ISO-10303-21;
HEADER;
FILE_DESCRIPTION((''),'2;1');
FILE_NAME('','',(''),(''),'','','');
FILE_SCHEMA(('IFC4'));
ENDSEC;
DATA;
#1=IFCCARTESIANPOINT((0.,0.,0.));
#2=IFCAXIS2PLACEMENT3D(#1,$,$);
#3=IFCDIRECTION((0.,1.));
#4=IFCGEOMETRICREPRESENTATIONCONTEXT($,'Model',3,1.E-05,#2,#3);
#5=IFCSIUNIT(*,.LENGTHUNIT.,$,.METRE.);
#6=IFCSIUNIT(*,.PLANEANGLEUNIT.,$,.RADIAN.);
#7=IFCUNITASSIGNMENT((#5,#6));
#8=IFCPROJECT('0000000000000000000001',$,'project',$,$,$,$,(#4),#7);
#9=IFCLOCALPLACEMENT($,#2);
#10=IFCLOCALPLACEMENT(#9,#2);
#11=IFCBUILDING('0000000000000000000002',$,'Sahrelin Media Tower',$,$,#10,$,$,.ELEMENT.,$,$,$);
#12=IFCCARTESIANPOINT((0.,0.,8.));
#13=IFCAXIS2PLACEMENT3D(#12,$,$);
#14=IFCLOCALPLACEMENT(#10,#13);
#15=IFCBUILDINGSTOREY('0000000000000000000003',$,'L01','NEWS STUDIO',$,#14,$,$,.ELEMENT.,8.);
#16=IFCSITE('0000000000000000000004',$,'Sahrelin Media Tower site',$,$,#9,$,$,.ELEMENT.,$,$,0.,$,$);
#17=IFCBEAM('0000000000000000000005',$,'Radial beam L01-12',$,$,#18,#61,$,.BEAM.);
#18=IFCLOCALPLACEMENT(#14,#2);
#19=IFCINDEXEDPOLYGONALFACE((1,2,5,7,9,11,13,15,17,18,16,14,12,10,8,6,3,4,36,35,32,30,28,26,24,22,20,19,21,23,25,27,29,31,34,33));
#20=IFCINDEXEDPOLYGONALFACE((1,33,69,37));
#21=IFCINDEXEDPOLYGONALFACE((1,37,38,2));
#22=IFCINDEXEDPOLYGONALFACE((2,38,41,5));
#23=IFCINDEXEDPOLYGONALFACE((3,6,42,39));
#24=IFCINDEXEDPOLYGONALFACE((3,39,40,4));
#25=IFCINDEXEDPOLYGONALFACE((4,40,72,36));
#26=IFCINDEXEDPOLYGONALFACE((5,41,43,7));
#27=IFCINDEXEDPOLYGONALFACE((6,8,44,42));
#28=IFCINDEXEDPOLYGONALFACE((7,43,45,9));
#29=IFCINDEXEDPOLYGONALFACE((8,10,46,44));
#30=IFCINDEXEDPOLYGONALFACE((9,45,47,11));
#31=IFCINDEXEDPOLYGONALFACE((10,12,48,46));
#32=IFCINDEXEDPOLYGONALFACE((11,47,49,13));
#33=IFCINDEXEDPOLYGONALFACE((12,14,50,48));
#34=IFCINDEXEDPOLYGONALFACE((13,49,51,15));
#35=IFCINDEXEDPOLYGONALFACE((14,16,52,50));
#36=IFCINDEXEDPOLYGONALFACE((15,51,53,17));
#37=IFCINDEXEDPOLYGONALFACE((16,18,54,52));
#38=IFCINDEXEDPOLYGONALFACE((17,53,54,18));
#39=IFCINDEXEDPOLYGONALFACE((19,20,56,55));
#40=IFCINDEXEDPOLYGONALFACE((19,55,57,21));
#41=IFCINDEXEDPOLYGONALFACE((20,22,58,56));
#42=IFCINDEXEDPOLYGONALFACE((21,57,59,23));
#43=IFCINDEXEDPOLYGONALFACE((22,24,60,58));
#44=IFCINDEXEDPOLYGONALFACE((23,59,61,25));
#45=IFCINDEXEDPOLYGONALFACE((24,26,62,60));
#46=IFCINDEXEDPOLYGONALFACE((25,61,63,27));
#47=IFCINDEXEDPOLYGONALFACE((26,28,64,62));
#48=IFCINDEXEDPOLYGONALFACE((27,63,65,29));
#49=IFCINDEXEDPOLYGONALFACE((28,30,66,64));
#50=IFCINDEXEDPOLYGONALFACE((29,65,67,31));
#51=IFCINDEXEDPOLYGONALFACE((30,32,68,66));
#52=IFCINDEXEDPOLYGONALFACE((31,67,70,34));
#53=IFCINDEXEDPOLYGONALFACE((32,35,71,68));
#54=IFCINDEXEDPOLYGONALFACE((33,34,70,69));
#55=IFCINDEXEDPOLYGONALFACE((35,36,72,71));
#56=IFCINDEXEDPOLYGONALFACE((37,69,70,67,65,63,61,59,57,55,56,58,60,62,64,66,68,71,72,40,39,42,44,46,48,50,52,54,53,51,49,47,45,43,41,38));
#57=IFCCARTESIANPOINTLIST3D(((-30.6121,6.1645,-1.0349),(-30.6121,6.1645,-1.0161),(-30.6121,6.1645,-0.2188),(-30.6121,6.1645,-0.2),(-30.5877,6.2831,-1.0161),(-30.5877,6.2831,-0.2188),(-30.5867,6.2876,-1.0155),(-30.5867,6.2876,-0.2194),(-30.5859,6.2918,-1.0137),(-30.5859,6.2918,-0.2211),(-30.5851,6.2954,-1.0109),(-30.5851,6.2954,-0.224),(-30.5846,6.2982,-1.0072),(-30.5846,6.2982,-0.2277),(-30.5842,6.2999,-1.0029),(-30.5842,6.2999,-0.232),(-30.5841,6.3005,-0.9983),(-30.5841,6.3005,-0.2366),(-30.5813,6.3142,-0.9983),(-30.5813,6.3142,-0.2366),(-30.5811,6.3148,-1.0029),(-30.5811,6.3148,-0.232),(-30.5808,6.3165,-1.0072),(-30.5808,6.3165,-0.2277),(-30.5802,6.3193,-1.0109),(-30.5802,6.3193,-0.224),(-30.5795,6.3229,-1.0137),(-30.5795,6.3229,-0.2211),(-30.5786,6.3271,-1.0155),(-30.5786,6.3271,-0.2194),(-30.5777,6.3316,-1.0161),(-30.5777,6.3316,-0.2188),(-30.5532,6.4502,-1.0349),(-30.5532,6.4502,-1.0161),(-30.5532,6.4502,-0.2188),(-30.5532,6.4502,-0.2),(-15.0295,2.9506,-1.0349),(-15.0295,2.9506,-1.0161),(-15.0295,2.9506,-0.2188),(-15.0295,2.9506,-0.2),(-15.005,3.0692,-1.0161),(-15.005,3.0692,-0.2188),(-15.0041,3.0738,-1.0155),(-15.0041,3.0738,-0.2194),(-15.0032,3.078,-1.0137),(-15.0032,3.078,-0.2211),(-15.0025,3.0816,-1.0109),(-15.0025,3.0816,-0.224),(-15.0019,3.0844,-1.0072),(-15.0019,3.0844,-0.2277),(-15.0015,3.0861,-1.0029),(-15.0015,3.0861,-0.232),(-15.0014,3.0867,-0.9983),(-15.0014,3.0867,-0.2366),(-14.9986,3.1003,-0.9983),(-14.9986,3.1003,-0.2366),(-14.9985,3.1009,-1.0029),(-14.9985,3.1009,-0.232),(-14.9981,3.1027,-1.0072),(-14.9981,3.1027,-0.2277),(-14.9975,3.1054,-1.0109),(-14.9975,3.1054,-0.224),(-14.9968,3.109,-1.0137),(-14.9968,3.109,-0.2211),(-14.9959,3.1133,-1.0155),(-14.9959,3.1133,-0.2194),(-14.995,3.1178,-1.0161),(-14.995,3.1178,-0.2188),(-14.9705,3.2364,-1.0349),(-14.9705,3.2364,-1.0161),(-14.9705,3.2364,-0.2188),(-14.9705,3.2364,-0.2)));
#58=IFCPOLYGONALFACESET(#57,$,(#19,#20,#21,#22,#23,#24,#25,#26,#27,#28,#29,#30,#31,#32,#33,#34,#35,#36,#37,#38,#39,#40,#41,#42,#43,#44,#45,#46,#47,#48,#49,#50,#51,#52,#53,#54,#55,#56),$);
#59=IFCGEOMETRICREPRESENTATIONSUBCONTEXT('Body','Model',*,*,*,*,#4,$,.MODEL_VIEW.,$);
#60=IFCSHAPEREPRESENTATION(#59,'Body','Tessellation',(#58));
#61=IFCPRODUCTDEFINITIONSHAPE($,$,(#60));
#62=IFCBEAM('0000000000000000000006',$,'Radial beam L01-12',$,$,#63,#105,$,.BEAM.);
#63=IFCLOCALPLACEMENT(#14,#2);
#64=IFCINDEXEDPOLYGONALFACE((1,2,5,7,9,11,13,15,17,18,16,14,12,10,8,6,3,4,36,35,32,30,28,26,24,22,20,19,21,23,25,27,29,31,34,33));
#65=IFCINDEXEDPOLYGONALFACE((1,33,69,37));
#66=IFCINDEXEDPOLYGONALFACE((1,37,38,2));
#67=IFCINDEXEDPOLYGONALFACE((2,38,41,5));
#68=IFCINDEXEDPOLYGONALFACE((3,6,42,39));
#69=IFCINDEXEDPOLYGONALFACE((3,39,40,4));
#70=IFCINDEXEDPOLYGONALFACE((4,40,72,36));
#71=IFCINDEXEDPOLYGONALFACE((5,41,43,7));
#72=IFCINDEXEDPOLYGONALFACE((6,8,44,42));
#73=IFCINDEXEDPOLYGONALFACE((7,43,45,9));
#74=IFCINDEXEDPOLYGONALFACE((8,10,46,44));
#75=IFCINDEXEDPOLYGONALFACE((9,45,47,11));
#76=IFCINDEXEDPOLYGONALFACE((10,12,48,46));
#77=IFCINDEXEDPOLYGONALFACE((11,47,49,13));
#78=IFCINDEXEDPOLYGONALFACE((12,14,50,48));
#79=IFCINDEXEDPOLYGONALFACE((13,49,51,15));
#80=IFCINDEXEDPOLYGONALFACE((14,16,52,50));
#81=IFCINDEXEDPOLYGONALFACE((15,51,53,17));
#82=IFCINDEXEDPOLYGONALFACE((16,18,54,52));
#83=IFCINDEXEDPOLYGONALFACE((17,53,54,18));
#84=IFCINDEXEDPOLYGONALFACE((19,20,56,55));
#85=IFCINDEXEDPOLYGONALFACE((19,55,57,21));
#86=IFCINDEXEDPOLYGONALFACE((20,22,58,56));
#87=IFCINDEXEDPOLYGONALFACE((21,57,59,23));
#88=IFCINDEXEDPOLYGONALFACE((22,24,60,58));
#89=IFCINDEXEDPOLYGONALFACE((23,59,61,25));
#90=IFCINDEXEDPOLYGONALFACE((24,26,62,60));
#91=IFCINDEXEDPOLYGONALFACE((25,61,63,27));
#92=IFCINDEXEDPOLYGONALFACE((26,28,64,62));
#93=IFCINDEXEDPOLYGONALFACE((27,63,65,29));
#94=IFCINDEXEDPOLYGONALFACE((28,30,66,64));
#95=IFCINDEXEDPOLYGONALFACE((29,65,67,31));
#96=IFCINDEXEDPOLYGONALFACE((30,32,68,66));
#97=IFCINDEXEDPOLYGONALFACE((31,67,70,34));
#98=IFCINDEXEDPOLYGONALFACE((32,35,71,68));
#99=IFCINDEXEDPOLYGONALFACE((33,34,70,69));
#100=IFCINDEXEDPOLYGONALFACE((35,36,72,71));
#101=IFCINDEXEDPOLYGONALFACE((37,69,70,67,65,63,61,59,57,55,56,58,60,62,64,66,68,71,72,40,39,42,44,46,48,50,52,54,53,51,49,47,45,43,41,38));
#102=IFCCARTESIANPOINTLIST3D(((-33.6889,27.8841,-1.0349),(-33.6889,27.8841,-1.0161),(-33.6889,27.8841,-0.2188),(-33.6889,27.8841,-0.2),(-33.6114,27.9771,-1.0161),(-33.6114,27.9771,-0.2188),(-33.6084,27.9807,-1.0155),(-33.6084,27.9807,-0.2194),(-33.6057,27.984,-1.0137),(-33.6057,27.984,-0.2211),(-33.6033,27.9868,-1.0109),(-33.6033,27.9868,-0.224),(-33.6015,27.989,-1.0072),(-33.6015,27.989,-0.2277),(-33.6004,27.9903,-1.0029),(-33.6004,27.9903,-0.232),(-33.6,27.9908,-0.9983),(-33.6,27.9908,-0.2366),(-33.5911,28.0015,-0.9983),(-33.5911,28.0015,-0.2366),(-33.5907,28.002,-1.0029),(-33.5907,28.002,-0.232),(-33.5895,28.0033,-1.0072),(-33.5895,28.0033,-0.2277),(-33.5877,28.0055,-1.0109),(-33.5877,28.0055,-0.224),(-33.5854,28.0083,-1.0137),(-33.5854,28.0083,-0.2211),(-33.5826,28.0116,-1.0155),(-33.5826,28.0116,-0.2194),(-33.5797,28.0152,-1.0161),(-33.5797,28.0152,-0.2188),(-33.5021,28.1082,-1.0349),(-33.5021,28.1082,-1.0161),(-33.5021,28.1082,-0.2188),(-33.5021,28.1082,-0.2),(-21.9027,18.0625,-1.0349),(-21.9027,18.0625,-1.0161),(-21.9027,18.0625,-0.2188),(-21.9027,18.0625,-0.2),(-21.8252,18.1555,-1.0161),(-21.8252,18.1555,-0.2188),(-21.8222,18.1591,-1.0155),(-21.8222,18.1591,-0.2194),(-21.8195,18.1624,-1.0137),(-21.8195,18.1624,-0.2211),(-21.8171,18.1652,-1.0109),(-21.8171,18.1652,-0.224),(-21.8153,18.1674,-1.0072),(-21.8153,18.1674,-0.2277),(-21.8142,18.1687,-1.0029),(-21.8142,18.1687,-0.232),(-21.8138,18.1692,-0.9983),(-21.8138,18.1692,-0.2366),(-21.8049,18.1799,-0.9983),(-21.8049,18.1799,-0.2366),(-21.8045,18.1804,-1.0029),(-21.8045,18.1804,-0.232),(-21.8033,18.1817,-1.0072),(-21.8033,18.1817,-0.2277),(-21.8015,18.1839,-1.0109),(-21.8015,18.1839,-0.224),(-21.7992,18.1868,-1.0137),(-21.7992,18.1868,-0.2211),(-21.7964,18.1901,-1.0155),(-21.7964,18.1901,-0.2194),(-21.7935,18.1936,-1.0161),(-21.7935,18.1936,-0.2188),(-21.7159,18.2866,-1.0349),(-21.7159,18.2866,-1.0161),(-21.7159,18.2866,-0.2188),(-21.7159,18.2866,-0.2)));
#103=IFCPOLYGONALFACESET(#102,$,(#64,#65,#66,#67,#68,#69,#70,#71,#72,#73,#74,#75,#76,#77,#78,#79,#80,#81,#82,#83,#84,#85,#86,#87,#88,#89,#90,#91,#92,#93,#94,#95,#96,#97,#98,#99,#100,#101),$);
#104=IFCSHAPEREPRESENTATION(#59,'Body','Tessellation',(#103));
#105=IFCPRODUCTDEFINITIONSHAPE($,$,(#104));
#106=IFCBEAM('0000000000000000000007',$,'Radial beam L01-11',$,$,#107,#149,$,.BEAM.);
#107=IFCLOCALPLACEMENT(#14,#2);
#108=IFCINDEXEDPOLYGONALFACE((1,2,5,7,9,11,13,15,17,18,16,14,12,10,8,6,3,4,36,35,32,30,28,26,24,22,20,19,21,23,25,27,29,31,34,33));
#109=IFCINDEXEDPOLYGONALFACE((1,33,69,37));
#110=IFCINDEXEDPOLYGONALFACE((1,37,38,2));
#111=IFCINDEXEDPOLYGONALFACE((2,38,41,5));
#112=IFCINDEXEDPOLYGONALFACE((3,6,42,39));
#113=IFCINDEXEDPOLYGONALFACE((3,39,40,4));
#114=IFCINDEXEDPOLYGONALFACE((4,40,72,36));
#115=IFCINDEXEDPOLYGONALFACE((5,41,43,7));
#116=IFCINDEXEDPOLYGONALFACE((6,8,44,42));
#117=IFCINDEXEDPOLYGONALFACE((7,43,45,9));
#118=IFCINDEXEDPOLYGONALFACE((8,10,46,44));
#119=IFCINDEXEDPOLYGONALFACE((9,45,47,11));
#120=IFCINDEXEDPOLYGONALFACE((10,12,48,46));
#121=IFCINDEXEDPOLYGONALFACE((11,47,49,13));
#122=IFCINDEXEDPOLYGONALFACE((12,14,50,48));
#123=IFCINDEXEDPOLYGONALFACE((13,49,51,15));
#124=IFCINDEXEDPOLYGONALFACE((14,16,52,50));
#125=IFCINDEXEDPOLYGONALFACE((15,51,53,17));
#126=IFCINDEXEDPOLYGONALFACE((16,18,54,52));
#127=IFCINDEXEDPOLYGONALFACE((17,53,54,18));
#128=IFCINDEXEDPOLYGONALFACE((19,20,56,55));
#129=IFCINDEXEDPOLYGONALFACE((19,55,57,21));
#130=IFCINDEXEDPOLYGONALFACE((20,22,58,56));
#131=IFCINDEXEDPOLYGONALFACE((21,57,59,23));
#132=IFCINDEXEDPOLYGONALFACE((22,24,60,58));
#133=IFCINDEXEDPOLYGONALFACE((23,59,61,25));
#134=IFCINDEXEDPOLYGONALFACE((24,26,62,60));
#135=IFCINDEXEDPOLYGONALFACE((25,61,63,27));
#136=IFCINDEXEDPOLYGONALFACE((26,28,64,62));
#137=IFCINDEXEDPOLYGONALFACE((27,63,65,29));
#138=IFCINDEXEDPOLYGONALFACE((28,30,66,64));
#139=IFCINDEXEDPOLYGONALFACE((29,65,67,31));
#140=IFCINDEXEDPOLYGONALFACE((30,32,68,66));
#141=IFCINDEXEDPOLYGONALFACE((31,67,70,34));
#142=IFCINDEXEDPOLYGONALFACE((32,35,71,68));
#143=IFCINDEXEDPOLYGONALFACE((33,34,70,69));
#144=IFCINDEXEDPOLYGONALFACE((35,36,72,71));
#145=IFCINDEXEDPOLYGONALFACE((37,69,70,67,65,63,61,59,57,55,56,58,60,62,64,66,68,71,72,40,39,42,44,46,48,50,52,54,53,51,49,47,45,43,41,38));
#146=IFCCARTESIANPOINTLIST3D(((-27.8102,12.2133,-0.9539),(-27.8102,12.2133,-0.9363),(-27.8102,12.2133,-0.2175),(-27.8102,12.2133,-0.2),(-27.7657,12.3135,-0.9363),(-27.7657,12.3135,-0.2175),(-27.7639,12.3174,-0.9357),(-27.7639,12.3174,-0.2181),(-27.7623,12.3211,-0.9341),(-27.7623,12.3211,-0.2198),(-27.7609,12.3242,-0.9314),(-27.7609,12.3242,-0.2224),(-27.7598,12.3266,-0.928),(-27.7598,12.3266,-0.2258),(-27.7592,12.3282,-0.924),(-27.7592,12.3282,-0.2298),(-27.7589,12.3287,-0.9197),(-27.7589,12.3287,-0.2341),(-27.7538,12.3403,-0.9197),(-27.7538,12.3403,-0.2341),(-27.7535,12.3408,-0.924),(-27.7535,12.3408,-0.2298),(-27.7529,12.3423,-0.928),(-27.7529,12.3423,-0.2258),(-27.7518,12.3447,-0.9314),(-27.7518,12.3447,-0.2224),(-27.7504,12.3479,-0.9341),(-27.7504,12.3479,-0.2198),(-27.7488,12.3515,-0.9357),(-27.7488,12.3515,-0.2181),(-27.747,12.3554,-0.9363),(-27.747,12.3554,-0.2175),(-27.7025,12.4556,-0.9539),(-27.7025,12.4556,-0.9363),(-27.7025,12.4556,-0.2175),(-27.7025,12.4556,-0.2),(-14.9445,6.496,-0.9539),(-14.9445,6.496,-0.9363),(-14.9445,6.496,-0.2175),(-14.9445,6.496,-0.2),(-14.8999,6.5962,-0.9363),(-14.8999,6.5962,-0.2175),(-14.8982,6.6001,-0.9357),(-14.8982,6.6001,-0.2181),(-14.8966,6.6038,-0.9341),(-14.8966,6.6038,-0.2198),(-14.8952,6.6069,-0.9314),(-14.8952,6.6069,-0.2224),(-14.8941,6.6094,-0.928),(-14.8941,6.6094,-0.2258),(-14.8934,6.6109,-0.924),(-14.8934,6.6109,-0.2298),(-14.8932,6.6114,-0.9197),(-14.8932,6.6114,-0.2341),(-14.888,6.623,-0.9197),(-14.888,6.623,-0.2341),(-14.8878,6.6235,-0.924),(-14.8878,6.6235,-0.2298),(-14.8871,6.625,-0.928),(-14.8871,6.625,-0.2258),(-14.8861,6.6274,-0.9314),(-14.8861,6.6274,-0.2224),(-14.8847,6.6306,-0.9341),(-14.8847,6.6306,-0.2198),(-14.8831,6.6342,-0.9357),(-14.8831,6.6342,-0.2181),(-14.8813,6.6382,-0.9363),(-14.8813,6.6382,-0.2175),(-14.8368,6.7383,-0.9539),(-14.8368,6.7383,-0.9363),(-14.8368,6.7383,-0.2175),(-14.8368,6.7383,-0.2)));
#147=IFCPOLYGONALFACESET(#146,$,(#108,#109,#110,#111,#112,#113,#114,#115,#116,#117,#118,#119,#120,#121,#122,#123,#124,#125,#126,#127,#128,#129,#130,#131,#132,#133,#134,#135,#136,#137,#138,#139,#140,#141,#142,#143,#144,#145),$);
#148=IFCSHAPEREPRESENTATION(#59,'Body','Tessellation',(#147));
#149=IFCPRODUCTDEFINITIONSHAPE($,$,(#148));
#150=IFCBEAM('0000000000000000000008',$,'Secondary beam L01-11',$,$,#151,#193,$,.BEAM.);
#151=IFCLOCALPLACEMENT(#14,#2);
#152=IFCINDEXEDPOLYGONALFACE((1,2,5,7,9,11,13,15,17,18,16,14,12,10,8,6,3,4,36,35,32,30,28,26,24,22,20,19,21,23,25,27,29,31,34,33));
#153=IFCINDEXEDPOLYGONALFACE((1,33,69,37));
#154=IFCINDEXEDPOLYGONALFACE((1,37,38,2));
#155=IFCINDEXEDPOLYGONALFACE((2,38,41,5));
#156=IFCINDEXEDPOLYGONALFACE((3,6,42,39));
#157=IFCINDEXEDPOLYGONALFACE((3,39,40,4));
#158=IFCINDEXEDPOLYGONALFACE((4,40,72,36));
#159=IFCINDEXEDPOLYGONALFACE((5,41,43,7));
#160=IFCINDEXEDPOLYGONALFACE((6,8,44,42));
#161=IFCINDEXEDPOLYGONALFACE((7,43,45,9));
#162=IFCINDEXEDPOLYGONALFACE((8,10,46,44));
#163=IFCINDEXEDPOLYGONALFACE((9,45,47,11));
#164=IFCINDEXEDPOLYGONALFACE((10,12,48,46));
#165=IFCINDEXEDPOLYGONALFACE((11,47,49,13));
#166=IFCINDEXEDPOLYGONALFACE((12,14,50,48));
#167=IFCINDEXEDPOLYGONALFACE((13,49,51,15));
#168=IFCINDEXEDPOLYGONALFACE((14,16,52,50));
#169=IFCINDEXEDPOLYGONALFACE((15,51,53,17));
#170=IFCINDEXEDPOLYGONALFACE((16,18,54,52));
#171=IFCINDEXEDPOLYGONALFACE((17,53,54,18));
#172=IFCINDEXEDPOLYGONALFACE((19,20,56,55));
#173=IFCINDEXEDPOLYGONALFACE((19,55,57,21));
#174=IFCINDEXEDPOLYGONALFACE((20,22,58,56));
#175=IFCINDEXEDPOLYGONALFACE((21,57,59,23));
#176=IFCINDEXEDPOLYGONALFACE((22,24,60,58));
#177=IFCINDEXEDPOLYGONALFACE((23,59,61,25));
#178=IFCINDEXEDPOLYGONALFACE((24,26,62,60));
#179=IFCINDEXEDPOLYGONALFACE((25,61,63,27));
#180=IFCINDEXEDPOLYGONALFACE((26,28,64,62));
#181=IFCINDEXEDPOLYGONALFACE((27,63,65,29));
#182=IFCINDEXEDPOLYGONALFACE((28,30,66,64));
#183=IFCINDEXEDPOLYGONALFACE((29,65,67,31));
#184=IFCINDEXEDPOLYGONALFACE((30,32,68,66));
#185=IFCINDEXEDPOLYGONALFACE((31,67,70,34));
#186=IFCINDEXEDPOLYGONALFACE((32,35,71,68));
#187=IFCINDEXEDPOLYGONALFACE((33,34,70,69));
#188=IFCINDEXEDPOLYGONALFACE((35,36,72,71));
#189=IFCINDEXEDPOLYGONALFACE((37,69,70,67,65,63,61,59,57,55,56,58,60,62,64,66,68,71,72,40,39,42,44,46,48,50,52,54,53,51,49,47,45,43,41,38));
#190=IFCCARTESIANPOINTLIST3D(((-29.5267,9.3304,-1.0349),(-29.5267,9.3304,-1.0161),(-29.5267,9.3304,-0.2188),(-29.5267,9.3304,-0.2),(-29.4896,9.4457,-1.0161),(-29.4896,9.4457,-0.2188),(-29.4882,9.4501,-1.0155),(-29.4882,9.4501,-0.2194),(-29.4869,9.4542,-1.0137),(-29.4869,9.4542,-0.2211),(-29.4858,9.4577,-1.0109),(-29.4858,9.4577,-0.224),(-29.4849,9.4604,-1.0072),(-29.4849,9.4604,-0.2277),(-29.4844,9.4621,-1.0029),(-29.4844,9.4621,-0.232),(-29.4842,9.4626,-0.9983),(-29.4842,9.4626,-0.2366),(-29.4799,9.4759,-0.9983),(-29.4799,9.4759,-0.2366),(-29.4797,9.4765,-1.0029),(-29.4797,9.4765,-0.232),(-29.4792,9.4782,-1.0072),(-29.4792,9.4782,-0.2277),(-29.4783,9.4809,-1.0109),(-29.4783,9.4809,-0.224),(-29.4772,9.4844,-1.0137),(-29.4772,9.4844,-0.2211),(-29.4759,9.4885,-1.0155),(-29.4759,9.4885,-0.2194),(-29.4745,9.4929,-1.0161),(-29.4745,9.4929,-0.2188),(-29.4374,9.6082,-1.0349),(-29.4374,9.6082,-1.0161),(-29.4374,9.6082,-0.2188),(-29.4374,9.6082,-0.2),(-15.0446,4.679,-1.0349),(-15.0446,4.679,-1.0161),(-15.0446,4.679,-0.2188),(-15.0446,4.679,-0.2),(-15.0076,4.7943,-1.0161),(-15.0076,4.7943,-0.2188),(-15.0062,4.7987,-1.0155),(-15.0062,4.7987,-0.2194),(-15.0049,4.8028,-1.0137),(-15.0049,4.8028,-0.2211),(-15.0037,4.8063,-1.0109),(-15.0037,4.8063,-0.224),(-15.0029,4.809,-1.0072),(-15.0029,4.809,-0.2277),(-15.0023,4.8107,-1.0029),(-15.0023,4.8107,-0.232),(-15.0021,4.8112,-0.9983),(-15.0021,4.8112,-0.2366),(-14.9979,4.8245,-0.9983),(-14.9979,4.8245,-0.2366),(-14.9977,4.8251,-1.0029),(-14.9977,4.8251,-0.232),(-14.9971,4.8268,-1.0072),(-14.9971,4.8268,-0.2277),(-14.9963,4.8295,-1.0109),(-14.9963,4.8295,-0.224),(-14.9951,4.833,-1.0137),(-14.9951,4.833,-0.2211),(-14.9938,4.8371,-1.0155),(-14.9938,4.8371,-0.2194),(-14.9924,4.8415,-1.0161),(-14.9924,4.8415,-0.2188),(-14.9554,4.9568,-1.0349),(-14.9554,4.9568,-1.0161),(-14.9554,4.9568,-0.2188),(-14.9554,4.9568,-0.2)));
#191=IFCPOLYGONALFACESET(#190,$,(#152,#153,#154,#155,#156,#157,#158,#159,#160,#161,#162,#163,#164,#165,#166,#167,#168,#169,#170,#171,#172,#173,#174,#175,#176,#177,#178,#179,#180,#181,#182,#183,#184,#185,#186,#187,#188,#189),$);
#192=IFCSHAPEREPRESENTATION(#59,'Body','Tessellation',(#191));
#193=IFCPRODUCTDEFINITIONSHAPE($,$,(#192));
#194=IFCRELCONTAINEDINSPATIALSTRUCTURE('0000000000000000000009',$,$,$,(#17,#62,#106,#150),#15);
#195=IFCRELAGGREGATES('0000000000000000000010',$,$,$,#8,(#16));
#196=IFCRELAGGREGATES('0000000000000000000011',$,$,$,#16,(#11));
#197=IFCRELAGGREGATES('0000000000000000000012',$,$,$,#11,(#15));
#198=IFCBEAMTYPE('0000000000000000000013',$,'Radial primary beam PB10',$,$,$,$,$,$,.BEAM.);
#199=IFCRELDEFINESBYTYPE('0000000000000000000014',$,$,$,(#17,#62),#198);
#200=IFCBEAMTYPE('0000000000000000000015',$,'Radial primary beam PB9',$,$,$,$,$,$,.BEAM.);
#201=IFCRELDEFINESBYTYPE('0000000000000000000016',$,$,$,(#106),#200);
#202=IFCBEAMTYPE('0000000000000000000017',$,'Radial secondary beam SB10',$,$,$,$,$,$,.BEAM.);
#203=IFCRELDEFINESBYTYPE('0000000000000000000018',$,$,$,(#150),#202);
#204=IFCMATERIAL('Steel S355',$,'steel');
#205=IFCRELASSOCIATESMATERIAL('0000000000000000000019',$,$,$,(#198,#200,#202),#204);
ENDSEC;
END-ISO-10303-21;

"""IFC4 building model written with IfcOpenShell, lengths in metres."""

from ifc_helpers import new_model, si_unit, direction, frame, origin, origin_2d, place, context, subcontext, project, spatial, i_section, extrude, material, material_profile, profile_set, type_object, element, save


model = new_model("IFC4")

# Units and contexts
model_context = context("Model", 3, precision=1e-05, world=origin(), true_north=direction((0.0, 1.0)))
body_context = subcontext(model_context, "Body", "Model", "MODEL_VIEW")
ifc_project = project(units=[si_unit("LENGTHUNIT", "METRE"), si_unit("PLANEANGLEUNIT", "RADIAN")], contexts=[model_context])

# Site, building, storey
site_placement = place(None, origin())
site = spatial("IfcSite", under=ifc_project, at=site_placement, Name="Sahrelin Media Tower site", CompositionType="ELEMENT", RefElevation=0.0)
building_placement = place(site_placement, origin())
building = spatial("IfcBuilding", under=site, at=building_placement, Name="Sahrelin Media Tower", CompositionType="ELEMENT")
storey_placement = place(building_placement, frame((0.0, 0.0, 8.0)))
storey = spatial("IfcBuildingStorey", under=building, at=storey_placement, Name="L01", Description="NEWS STUDIO", CompositionType="ELEMENT", Elevation=8.0)

# Beams
ifc_material_1 = material(Name="Steel S355", Category="steel")
ifc_material_profile_1 = material_profile(ifc_material_1, i_section(OverallWidth=0.2917, OverallDepth=0.835, WebThickness=0.0139, FlangeThickness=0.0188, FilletRadius=0.0178, at=origin_2d()), Name="UB 838x292x176")
ifc_profile_set_1 = profile_set([ifc_material_profile_1], Name="Steel S355")
beam_type_1 = type_object("IfcBeamType", Name="Radial primary beam PB10", PredefinedType="BEAM", material=ifc_profile_set_1)
beam_1_placement = place(storey_placement, frame((-15.0, 3.0935, -0.6174), z_axis=(-0.979387, 0.201994, 0.0), x_axis=(-0.201994, -0.979387, 0.0)))
element("IfcBeam", 1, at=beam_1_placement, inside=storey, type_object=beam_type_1, Name="Radial beam L01-12", PredefinedType="BEAM", context=body_context, shape_type="SweptSolid", body=[
    extrude(i_section(OverallWidth=0.2917, OverallDepth=0.835, WebThickness=0.0139, FlangeThickness=0.0188, FilletRadius=0.0178, at=origin_2d()), origin(), (0.0, 0.0, 1.0), 15.9106),
])
beam_2_placement = place(storey_placement, frame((-21.8093, 18.1746, -0.6174), z_axis=(-0.768229, 0.640175, 0.0), x_axis=(-0.640175, -0.768229, 0.0)))
element("IfcBeam", 2, at=beam_2_placement, inside=storey, type_object=beam_type_1, Name="Radial beam L01-12", PredefinedType="BEAM", context=body_context, shape_type="SweptSolid", body=[
    extrude(i_section(OverallWidth=0.2917, OverallDepth=0.835, WebThickness=0.0139, FlangeThickness=0.0188, FilletRadius=0.0178, at=origin_2d()), origin(), (0.0, 0.0, 1.0), 15.342),
])
ifc_material_profile_2 = material_profile(ifc_material_1, i_section(OverallWidth=0.2651, OverallDepth=0.7539, WebThickness=0.0127, FlangeThickness=0.0176, FilletRadius=0.0166, at=origin_2d()), Name="UB 762x267x147")
ifc_profile_set_2 = profile_set([ifc_material_profile_2], Name="Steel S355")
beam_type_2 = type_object("IfcBeamType", Name="Radial primary beam PB9", PredefinedType="BEAM", material=ifc_profile_set_2)
beam_3_placement = place(storey_placement, frame((-14.8906, 6.6172, -0.5769), z_axis=(-0.913833, 0.40609, 0.0), x_axis=(-0.40609, -0.913833, 0.0)))
element("IfcBeam", 3, at=beam_3_placement, inside=storey, type_object=beam_type_2, Name="Radial beam L01-11", PredefinedType="BEAM", context=body_context, shape_type="SweptSolid", body=[
    extrude(i_section(OverallWidth=0.2651, OverallDepth=0.7539, WebThickness=0.0127, FlangeThickness=0.0176, FilletRadius=0.0166, at=origin_2d()), origin(), (0.0, 0.0, 1.0), 14.0789),
])
ifc_material_profile_3 = material_profile(ifc_material_1, i_section(OverallWidth=0.2917, OverallDepth=0.835, WebThickness=0.0139, FlangeThickness=0.0188, FilletRadius=0.0178, at=origin_2d()), Name="UB 838x292x176")
ifc_profile_set_3 = profile_set([ifc_material_profile_3], Name="Steel S355")
beam_type_3 = type_object("IfcBeamType", Name="Radial secondary beam SB10", PredefinedType="BEAM", material=ifc_profile_set_3)
beam_4_placement = place(storey_placement, frame((-15.0, 4.8179, -0.6174), z_axis=(-0.952096, 0.305798, 0.0), x_axis=(-0.305798, -0.952096, 0.0)))
element("IfcBeam", 4, at=beam_4_placement, inside=storey, type_object=beam_type_3, Name="Secondary beam L01-11", PredefinedType="BEAM", context=body_context, shape_type="SweptSolid", body=[
    extrude(i_section(OverallWidth=0.2917, OverallDepth=0.835, WebThickness=0.0139, FlangeThickness=0.0188, FilletRadius=0.0178, at=origin_2d()), origin(), (0.0, 0.0, 1.0), 15.2107),
])

save(model, "model.ifc")
